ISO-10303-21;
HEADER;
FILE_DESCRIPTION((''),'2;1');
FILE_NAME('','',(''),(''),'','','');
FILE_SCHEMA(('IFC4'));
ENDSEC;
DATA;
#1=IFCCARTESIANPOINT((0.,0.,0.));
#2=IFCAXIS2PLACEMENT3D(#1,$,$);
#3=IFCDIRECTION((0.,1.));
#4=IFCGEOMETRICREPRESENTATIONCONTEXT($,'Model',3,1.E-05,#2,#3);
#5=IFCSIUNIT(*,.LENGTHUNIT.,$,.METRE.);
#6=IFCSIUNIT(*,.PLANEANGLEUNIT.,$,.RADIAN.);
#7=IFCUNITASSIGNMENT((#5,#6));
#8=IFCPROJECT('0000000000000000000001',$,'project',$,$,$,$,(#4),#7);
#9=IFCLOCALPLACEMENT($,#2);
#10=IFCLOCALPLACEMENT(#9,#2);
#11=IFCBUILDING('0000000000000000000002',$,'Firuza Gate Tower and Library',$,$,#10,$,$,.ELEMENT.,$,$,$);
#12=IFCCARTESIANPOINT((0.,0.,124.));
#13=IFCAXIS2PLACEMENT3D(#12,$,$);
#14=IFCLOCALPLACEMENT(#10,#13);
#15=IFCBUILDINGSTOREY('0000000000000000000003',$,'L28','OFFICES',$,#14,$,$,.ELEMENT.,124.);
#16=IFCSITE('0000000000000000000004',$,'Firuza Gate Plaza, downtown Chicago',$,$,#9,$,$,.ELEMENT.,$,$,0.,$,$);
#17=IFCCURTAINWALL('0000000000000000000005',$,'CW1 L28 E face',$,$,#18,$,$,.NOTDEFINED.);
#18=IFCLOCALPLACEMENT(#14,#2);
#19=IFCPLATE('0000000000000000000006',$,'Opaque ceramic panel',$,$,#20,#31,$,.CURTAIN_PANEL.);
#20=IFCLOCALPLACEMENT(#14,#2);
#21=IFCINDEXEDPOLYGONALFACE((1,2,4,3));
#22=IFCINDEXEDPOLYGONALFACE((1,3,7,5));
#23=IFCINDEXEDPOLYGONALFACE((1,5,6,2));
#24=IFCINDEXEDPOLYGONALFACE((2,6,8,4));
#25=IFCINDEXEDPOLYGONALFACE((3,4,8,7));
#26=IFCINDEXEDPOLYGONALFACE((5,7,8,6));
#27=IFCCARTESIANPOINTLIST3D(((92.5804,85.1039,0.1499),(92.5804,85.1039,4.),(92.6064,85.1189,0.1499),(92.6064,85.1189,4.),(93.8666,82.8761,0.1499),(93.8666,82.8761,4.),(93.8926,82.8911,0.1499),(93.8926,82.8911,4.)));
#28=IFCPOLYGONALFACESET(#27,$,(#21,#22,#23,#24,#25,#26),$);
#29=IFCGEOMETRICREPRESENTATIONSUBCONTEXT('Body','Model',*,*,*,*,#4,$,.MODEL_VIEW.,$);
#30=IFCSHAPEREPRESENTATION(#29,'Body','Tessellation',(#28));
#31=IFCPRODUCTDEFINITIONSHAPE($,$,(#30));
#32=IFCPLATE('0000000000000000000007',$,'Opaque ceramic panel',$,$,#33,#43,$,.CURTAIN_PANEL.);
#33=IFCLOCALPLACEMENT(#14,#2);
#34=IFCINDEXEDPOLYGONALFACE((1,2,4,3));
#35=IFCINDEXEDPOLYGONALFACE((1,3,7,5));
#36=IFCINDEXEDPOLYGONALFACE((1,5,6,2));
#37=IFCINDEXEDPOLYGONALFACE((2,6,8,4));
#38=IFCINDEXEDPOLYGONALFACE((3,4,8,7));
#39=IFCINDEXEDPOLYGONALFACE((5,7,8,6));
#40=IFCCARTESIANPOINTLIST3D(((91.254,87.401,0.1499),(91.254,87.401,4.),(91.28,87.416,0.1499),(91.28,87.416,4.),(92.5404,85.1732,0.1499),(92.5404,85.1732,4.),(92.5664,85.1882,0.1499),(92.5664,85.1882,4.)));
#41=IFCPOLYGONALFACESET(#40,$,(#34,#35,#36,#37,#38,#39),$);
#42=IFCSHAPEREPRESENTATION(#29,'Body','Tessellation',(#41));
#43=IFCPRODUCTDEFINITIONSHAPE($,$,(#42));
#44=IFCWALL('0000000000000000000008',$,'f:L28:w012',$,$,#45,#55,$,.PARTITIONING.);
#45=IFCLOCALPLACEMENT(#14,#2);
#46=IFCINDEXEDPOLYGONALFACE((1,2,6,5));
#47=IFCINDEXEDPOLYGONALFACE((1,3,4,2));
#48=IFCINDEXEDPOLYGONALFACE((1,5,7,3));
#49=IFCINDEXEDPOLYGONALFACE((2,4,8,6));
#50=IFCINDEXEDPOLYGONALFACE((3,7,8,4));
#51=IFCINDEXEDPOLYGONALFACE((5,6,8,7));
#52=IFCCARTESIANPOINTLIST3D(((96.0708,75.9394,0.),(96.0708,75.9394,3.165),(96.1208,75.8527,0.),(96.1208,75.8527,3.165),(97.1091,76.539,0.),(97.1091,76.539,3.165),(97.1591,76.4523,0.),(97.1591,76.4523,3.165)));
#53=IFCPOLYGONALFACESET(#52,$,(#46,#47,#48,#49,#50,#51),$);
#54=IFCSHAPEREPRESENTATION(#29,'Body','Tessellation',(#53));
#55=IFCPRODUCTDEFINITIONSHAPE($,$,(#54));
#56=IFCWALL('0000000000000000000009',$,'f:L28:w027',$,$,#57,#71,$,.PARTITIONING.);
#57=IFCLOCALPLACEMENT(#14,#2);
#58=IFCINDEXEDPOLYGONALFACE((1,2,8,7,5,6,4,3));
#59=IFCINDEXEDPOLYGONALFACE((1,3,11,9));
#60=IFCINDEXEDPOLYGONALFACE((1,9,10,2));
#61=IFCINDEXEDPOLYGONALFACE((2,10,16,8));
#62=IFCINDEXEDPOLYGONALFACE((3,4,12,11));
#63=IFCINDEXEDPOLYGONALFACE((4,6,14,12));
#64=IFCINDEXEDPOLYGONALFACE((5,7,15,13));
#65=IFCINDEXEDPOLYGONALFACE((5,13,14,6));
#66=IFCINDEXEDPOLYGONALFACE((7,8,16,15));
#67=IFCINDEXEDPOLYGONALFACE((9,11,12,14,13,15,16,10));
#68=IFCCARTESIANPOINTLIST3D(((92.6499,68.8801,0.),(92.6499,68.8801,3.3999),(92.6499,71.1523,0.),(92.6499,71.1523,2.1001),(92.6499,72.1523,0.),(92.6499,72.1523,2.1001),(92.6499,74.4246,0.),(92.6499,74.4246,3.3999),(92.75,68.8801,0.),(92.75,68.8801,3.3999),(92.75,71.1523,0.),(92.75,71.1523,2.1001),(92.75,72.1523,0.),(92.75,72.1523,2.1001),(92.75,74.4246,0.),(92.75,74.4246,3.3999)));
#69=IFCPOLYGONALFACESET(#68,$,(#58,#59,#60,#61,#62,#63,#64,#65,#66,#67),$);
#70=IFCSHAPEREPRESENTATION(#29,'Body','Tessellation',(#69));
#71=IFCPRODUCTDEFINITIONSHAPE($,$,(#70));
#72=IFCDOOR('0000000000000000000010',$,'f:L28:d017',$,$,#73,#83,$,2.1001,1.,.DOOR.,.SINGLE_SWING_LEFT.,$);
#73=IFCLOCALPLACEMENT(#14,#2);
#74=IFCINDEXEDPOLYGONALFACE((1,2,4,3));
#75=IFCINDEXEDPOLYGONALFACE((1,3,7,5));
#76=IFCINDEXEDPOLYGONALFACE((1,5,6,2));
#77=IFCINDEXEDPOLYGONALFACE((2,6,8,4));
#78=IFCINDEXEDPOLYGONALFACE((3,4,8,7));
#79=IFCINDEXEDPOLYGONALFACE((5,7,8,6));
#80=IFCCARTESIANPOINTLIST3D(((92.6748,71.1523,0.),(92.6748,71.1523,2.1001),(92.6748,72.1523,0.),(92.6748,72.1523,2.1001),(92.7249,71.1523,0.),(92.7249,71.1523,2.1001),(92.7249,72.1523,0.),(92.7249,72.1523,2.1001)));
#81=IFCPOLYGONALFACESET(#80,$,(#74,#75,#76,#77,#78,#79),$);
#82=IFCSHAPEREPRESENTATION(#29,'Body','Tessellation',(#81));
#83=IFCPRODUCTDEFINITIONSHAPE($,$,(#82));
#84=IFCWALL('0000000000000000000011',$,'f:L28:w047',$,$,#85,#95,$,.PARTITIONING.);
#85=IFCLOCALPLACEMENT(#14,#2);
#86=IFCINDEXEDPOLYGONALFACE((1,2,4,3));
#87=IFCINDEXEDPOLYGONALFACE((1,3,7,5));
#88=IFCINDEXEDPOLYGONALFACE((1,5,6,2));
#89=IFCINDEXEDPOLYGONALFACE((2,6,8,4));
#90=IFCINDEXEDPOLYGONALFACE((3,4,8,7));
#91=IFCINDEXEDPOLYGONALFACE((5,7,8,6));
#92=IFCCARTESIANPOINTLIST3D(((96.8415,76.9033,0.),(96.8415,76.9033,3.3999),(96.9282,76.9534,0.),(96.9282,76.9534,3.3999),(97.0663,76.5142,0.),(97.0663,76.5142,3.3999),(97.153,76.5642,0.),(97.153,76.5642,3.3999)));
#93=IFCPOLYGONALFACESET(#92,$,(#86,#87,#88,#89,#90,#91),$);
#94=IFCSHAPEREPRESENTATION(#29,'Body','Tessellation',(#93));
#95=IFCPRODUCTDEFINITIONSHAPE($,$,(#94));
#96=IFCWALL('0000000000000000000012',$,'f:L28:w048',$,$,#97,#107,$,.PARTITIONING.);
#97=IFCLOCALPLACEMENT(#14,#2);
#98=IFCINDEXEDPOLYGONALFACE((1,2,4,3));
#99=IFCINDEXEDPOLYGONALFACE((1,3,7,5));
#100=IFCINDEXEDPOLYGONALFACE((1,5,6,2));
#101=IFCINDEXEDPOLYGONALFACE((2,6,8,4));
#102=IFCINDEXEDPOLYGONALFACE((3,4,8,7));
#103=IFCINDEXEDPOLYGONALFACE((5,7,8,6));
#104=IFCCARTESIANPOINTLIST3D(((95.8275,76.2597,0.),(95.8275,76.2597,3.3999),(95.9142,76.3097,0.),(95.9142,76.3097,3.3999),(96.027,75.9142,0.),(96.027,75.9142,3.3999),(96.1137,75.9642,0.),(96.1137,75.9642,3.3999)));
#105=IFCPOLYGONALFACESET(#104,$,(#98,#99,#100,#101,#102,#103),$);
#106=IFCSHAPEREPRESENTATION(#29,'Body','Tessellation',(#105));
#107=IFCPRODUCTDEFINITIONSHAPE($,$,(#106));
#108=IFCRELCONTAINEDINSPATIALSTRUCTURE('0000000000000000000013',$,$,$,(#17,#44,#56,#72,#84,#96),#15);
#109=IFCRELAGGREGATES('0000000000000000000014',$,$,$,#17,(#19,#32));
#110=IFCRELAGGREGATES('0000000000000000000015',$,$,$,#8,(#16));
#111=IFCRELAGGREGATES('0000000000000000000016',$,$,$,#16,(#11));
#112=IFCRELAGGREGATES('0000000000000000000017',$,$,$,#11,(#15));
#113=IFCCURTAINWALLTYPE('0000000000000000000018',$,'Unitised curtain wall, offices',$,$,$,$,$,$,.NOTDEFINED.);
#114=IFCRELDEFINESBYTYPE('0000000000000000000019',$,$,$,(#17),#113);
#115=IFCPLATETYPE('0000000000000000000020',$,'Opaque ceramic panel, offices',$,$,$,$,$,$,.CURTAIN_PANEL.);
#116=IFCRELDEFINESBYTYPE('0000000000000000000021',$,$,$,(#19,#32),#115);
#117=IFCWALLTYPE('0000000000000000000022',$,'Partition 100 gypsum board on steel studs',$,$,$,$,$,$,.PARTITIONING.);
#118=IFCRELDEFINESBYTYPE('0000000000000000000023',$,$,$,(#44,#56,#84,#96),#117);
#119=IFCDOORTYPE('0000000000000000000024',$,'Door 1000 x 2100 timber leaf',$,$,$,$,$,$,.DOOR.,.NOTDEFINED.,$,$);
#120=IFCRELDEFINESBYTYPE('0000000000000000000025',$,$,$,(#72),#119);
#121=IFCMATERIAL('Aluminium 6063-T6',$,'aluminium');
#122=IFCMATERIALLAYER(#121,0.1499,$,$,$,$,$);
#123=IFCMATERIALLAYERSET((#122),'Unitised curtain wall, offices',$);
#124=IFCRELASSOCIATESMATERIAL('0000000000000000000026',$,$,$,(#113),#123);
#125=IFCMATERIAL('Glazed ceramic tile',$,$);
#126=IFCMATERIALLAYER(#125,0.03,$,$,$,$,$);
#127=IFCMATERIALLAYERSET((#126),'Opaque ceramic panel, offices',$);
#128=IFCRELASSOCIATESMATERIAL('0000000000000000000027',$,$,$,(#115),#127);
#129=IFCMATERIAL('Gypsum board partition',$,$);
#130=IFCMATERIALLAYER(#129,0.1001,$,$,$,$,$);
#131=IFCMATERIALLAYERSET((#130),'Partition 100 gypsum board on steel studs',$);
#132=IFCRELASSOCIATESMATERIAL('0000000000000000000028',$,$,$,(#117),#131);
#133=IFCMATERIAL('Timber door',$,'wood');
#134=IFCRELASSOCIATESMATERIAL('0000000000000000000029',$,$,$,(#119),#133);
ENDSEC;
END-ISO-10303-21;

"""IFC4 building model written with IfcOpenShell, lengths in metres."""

from ifc_helpers import new_model, si_unit, direction, frame, frame_2d, origin, place, context, subcontext, project, spatial, polyline, rectangle, outline, extrude, material, layer, layer_set, type_object, element, fill, aggregate, save


model = new_model("IFC4")

# Units and contexts
model_context = context("Model", 3, precision=1e-05, world=origin(), true_north=direction((0.0, 1.0)))
body_context = subcontext(model_context, "Body", "Model", "MODEL_VIEW")
ifc_project = project(units=[si_unit("LENGTHUNIT", "METRE"), si_unit("PLANEANGLEUNIT", "RADIAN")], contexts=[model_context])

# Site, building, storey
site_placement = place(None, origin())
site = spatial("IfcSite", under=ifc_project, at=site_placement, Name="Firuza Gate Plaza, downtown Chicago", CompositionType="ELEMENT", RefElevation=0.0)
building_placement = place(site_placement, origin())
building = spatial("IfcBuilding", under=site, at=building_placement, Name="Firuza Gate Tower and Library", CompositionType="ELEMENT")
storey_placement = place(building_placement, frame((0.0, 0.0, 124.0)))
storey = spatial("IfcBuildingStorey", under=building, at=storey_placement, Name="L28", Description="OFFICES", CompositionType="ELEMENT", Elevation=124.0)

# Curtain wall
ifc_material_1 = material(Name="Aluminium 6063-T6", Category="aluminium")
ifc_layer_1 = layer(ifc_material_1, 0.1499)
ifc_layer_set_1 = layer_set([ifc_layer_1], Name="Unitised curtain wall, offices")
curtain_wall_type = type_object("IfcCurtainWallType", Name="Unitised curtain wall, offices", PredefinedType="NOTDEFINED", material=ifc_layer_set_1)
curtain_wall_placement = place(storey_placement, origin())
curtain_wall = element("IfcCurtainWall", 1, at=curtain_wall_placement, inside=storey, type_object=curtain_wall_type, Name="CW1 L28 E face", PredefinedType="NOTDEFINED")

# Plates
ifc_material_2 = material(Name="Glazed ceramic tile")
ifc_layer_2 = layer(ifc_material_2, 0.03)
ifc_layer_set_2 = layer_set([ifc_layer_2], Name="Opaque ceramic panel, offices")
plate_type_1 = type_object("IfcPlateType", Name="Opaque ceramic panel, offices", PredefinedType="CURTAIN_PANEL", material=ifc_layer_set_2)
plate_1_placement = place(storey_placement, frame((93.8926, 82.8911, 0.1499), z_axis=(0.866039, 0.499977, 0.0), x_axis=(-0.499977, 0.866039, 0.0)))
plate_1 = element("IfcPlate", 2, at=plate_1_placement, type_object=plate_type_1, Name="Opaque ceramic panel", PredefinedType="CURTAIN_PANEL", context=body_context, shape_type="SweptSolid", body=[
    extrude(outline(polyline([(0.0, 0.0), (2.5724, 0.0), (2.5724, 3.8501), (0.0, 3.8501), (0.0, 0.0)])), origin(), (0.0, 0.0, -1.0), 0.03),
])
plate_2_placement = place(storey_placement, frame((92.5664, 85.1882, 0.1499), z_axis=(0.865998, 0.500048, 0.0), x_axis=(-0.500048, 0.865998, 0.0)))
plate_2 = element("IfcPlate", 3, at=plate_2_placement, type_object=plate_type_1, Name="Opaque ceramic panel", PredefinedType="CURTAIN_PANEL", context=body_context, shape_type="SweptSolid", body=[
    extrude(outline(polyline([(0.0, 0.0), (2.5725, 0.0), (2.5725, 3.8501), (0.0, 3.8501), (0.0, 0.0)])), origin(), (0.0, 0.0, -1.0), 0.03),
])
aggregate(curtain_wall, [plate_1, plate_2])

# Wall
ifc_material_3 = material(Name="Gypsum board partition")
ifc_layer_3 = layer(ifc_material_3, 0.1001)
ifc_layer_set_3 = layer_set([ifc_layer_3], Name="Partition 100 gypsum board on steel studs")
wall_type = type_object("IfcWallType", Name="Partition 100 gypsum board on steel studs", PredefinedType="PARTITIONING", material=ifc_layer_set_3)
wall_1_placement = place(storey_placement, frame((96.0957, 75.896, 0.0), z_axis=(0.0, 0.0, 1.0), x_axis=(0.865979, 0.500081, 0.0)))
element("IfcWall", 4, at=wall_1_placement, inside=storey, type_object=wall_type, Name="f:L28:w012", PredefinedType="PARTITIONING", context=body_context, shape_type="SweptSolid", body=[
    extrude(rectangle(XDim=1.199, YDim=0.1001, at=frame_2d((0.5996, 0.0))), origin(), (0.0, 0.0, 1.0), 3.165),
])

# Wall, opening, door
wall_2_placement = place(storey_placement, frame((92.7, 74.4246, 0.0), z_axis=(0.0, 0.0, 1.0), x_axis=(0.0, -1.0, 0.0)))
wall_2 = element("IfcWall", 5, at=wall_2_placement, inside=storey, type_object=wall_type, Name="f:L28:w027", PredefinedType="PARTITIONING", context=body_context, shape_type="SweptSolid", body=[
    extrude(rectangle(XDim=5.5444, YDim=0.1001, at=frame_2d((2.7722, 0.0))), origin(), (0.0, 0.0, 1.0), 3.3999),
])
opening_placement = place(wall_2_placement, frame((2.2722, 0.0, 0.0)))
opening = element("IfcOpeningElement", 6, at=opening_placement, cuts=wall_2, PredefinedType="OPENING", context=body_context, shape_type="SweptSolid", body=[
    extrude(rectangle(XDim=1.0, YDim=2.1001, at=frame_2d((0.5, 1.05))), frame((0.0, 0.0601, 0.0), z_axis=(0.0, -1.0, 0.0), x_axis=(1.0, 0.0, 0.0)), (0.0, 0.0, 1.0), 0.1201),
])
ifc_material_4 = material(Name="Timber door", Category="wood")
door_type = type_object("IfcDoorType", Name="Door 1000 x 2100 timber leaf", OperationType="NOTDEFINED", PredefinedType="DOOR", material=ifc_material_4)
door_placement = place(opening_placement, origin())
door = element("IfcDoor", 7, at=door_placement, inside=storey, type_object=door_type, Name="f:L28:d017", OperationType="SINGLE_SWING_LEFT", OverallHeight=2.1001, OverallWidth=1.0, PredefinedType="DOOR", context=body_context, shape_type="SweptSolid", body=[
    extrude(rectangle(XDim=1.0, YDim=2.1001, at=frame_2d((0.5, 1.05))), frame((0.0, 0.0249, 0.0), z_axis=(0.0, -1.0, 0.0), x_axis=(1.0, 0.0, 0.0)), (0.0, 0.0, 1.0), 0.05),
])
fill(opening, door)

# Walls
wall_3_placement = place(storey_placement, frame((97.1096, 76.5393, 0.0), z_axis=(0.0, 0.0, 1.0), x_axis=(-0.500287, 0.86586, 0.0)))
element("IfcWall", 8, at=wall_3_placement, inside=storey, type_object=wall_type, Name="f:L28:w047", PredefinedType="PARTITIONING", context=body_context, shape_type="SweptSolid", body=[
    extrude(rectangle(XDim=0.4495, YDim=0.1001, at=frame_2d((0.2246, 0.0))), origin(), (0.0, 0.0, 1.0), 3.3999),
])
wall_4_placement = place(storey_placement, frame((96.0703, 75.9392, 0.0), z_axis=(0.0, 0.0, 1.0), x_axis=(-0.500023, 0.866012, 0.0)))
element("IfcWall", 9, at=wall_4_placement, inside=storey, type_object=wall_type, Name="f:L28:w048", PredefinedType="PARTITIONING", context=body_context, shape_type="SweptSolid", body=[
    extrude(rectangle(XDim=0.3989, YDim=0.1001, at=frame_2d((0.1995, 0.0))), origin(), (0.0, 0.0, 1.0), 3.3999),
])

save(model, "model.ifc")
